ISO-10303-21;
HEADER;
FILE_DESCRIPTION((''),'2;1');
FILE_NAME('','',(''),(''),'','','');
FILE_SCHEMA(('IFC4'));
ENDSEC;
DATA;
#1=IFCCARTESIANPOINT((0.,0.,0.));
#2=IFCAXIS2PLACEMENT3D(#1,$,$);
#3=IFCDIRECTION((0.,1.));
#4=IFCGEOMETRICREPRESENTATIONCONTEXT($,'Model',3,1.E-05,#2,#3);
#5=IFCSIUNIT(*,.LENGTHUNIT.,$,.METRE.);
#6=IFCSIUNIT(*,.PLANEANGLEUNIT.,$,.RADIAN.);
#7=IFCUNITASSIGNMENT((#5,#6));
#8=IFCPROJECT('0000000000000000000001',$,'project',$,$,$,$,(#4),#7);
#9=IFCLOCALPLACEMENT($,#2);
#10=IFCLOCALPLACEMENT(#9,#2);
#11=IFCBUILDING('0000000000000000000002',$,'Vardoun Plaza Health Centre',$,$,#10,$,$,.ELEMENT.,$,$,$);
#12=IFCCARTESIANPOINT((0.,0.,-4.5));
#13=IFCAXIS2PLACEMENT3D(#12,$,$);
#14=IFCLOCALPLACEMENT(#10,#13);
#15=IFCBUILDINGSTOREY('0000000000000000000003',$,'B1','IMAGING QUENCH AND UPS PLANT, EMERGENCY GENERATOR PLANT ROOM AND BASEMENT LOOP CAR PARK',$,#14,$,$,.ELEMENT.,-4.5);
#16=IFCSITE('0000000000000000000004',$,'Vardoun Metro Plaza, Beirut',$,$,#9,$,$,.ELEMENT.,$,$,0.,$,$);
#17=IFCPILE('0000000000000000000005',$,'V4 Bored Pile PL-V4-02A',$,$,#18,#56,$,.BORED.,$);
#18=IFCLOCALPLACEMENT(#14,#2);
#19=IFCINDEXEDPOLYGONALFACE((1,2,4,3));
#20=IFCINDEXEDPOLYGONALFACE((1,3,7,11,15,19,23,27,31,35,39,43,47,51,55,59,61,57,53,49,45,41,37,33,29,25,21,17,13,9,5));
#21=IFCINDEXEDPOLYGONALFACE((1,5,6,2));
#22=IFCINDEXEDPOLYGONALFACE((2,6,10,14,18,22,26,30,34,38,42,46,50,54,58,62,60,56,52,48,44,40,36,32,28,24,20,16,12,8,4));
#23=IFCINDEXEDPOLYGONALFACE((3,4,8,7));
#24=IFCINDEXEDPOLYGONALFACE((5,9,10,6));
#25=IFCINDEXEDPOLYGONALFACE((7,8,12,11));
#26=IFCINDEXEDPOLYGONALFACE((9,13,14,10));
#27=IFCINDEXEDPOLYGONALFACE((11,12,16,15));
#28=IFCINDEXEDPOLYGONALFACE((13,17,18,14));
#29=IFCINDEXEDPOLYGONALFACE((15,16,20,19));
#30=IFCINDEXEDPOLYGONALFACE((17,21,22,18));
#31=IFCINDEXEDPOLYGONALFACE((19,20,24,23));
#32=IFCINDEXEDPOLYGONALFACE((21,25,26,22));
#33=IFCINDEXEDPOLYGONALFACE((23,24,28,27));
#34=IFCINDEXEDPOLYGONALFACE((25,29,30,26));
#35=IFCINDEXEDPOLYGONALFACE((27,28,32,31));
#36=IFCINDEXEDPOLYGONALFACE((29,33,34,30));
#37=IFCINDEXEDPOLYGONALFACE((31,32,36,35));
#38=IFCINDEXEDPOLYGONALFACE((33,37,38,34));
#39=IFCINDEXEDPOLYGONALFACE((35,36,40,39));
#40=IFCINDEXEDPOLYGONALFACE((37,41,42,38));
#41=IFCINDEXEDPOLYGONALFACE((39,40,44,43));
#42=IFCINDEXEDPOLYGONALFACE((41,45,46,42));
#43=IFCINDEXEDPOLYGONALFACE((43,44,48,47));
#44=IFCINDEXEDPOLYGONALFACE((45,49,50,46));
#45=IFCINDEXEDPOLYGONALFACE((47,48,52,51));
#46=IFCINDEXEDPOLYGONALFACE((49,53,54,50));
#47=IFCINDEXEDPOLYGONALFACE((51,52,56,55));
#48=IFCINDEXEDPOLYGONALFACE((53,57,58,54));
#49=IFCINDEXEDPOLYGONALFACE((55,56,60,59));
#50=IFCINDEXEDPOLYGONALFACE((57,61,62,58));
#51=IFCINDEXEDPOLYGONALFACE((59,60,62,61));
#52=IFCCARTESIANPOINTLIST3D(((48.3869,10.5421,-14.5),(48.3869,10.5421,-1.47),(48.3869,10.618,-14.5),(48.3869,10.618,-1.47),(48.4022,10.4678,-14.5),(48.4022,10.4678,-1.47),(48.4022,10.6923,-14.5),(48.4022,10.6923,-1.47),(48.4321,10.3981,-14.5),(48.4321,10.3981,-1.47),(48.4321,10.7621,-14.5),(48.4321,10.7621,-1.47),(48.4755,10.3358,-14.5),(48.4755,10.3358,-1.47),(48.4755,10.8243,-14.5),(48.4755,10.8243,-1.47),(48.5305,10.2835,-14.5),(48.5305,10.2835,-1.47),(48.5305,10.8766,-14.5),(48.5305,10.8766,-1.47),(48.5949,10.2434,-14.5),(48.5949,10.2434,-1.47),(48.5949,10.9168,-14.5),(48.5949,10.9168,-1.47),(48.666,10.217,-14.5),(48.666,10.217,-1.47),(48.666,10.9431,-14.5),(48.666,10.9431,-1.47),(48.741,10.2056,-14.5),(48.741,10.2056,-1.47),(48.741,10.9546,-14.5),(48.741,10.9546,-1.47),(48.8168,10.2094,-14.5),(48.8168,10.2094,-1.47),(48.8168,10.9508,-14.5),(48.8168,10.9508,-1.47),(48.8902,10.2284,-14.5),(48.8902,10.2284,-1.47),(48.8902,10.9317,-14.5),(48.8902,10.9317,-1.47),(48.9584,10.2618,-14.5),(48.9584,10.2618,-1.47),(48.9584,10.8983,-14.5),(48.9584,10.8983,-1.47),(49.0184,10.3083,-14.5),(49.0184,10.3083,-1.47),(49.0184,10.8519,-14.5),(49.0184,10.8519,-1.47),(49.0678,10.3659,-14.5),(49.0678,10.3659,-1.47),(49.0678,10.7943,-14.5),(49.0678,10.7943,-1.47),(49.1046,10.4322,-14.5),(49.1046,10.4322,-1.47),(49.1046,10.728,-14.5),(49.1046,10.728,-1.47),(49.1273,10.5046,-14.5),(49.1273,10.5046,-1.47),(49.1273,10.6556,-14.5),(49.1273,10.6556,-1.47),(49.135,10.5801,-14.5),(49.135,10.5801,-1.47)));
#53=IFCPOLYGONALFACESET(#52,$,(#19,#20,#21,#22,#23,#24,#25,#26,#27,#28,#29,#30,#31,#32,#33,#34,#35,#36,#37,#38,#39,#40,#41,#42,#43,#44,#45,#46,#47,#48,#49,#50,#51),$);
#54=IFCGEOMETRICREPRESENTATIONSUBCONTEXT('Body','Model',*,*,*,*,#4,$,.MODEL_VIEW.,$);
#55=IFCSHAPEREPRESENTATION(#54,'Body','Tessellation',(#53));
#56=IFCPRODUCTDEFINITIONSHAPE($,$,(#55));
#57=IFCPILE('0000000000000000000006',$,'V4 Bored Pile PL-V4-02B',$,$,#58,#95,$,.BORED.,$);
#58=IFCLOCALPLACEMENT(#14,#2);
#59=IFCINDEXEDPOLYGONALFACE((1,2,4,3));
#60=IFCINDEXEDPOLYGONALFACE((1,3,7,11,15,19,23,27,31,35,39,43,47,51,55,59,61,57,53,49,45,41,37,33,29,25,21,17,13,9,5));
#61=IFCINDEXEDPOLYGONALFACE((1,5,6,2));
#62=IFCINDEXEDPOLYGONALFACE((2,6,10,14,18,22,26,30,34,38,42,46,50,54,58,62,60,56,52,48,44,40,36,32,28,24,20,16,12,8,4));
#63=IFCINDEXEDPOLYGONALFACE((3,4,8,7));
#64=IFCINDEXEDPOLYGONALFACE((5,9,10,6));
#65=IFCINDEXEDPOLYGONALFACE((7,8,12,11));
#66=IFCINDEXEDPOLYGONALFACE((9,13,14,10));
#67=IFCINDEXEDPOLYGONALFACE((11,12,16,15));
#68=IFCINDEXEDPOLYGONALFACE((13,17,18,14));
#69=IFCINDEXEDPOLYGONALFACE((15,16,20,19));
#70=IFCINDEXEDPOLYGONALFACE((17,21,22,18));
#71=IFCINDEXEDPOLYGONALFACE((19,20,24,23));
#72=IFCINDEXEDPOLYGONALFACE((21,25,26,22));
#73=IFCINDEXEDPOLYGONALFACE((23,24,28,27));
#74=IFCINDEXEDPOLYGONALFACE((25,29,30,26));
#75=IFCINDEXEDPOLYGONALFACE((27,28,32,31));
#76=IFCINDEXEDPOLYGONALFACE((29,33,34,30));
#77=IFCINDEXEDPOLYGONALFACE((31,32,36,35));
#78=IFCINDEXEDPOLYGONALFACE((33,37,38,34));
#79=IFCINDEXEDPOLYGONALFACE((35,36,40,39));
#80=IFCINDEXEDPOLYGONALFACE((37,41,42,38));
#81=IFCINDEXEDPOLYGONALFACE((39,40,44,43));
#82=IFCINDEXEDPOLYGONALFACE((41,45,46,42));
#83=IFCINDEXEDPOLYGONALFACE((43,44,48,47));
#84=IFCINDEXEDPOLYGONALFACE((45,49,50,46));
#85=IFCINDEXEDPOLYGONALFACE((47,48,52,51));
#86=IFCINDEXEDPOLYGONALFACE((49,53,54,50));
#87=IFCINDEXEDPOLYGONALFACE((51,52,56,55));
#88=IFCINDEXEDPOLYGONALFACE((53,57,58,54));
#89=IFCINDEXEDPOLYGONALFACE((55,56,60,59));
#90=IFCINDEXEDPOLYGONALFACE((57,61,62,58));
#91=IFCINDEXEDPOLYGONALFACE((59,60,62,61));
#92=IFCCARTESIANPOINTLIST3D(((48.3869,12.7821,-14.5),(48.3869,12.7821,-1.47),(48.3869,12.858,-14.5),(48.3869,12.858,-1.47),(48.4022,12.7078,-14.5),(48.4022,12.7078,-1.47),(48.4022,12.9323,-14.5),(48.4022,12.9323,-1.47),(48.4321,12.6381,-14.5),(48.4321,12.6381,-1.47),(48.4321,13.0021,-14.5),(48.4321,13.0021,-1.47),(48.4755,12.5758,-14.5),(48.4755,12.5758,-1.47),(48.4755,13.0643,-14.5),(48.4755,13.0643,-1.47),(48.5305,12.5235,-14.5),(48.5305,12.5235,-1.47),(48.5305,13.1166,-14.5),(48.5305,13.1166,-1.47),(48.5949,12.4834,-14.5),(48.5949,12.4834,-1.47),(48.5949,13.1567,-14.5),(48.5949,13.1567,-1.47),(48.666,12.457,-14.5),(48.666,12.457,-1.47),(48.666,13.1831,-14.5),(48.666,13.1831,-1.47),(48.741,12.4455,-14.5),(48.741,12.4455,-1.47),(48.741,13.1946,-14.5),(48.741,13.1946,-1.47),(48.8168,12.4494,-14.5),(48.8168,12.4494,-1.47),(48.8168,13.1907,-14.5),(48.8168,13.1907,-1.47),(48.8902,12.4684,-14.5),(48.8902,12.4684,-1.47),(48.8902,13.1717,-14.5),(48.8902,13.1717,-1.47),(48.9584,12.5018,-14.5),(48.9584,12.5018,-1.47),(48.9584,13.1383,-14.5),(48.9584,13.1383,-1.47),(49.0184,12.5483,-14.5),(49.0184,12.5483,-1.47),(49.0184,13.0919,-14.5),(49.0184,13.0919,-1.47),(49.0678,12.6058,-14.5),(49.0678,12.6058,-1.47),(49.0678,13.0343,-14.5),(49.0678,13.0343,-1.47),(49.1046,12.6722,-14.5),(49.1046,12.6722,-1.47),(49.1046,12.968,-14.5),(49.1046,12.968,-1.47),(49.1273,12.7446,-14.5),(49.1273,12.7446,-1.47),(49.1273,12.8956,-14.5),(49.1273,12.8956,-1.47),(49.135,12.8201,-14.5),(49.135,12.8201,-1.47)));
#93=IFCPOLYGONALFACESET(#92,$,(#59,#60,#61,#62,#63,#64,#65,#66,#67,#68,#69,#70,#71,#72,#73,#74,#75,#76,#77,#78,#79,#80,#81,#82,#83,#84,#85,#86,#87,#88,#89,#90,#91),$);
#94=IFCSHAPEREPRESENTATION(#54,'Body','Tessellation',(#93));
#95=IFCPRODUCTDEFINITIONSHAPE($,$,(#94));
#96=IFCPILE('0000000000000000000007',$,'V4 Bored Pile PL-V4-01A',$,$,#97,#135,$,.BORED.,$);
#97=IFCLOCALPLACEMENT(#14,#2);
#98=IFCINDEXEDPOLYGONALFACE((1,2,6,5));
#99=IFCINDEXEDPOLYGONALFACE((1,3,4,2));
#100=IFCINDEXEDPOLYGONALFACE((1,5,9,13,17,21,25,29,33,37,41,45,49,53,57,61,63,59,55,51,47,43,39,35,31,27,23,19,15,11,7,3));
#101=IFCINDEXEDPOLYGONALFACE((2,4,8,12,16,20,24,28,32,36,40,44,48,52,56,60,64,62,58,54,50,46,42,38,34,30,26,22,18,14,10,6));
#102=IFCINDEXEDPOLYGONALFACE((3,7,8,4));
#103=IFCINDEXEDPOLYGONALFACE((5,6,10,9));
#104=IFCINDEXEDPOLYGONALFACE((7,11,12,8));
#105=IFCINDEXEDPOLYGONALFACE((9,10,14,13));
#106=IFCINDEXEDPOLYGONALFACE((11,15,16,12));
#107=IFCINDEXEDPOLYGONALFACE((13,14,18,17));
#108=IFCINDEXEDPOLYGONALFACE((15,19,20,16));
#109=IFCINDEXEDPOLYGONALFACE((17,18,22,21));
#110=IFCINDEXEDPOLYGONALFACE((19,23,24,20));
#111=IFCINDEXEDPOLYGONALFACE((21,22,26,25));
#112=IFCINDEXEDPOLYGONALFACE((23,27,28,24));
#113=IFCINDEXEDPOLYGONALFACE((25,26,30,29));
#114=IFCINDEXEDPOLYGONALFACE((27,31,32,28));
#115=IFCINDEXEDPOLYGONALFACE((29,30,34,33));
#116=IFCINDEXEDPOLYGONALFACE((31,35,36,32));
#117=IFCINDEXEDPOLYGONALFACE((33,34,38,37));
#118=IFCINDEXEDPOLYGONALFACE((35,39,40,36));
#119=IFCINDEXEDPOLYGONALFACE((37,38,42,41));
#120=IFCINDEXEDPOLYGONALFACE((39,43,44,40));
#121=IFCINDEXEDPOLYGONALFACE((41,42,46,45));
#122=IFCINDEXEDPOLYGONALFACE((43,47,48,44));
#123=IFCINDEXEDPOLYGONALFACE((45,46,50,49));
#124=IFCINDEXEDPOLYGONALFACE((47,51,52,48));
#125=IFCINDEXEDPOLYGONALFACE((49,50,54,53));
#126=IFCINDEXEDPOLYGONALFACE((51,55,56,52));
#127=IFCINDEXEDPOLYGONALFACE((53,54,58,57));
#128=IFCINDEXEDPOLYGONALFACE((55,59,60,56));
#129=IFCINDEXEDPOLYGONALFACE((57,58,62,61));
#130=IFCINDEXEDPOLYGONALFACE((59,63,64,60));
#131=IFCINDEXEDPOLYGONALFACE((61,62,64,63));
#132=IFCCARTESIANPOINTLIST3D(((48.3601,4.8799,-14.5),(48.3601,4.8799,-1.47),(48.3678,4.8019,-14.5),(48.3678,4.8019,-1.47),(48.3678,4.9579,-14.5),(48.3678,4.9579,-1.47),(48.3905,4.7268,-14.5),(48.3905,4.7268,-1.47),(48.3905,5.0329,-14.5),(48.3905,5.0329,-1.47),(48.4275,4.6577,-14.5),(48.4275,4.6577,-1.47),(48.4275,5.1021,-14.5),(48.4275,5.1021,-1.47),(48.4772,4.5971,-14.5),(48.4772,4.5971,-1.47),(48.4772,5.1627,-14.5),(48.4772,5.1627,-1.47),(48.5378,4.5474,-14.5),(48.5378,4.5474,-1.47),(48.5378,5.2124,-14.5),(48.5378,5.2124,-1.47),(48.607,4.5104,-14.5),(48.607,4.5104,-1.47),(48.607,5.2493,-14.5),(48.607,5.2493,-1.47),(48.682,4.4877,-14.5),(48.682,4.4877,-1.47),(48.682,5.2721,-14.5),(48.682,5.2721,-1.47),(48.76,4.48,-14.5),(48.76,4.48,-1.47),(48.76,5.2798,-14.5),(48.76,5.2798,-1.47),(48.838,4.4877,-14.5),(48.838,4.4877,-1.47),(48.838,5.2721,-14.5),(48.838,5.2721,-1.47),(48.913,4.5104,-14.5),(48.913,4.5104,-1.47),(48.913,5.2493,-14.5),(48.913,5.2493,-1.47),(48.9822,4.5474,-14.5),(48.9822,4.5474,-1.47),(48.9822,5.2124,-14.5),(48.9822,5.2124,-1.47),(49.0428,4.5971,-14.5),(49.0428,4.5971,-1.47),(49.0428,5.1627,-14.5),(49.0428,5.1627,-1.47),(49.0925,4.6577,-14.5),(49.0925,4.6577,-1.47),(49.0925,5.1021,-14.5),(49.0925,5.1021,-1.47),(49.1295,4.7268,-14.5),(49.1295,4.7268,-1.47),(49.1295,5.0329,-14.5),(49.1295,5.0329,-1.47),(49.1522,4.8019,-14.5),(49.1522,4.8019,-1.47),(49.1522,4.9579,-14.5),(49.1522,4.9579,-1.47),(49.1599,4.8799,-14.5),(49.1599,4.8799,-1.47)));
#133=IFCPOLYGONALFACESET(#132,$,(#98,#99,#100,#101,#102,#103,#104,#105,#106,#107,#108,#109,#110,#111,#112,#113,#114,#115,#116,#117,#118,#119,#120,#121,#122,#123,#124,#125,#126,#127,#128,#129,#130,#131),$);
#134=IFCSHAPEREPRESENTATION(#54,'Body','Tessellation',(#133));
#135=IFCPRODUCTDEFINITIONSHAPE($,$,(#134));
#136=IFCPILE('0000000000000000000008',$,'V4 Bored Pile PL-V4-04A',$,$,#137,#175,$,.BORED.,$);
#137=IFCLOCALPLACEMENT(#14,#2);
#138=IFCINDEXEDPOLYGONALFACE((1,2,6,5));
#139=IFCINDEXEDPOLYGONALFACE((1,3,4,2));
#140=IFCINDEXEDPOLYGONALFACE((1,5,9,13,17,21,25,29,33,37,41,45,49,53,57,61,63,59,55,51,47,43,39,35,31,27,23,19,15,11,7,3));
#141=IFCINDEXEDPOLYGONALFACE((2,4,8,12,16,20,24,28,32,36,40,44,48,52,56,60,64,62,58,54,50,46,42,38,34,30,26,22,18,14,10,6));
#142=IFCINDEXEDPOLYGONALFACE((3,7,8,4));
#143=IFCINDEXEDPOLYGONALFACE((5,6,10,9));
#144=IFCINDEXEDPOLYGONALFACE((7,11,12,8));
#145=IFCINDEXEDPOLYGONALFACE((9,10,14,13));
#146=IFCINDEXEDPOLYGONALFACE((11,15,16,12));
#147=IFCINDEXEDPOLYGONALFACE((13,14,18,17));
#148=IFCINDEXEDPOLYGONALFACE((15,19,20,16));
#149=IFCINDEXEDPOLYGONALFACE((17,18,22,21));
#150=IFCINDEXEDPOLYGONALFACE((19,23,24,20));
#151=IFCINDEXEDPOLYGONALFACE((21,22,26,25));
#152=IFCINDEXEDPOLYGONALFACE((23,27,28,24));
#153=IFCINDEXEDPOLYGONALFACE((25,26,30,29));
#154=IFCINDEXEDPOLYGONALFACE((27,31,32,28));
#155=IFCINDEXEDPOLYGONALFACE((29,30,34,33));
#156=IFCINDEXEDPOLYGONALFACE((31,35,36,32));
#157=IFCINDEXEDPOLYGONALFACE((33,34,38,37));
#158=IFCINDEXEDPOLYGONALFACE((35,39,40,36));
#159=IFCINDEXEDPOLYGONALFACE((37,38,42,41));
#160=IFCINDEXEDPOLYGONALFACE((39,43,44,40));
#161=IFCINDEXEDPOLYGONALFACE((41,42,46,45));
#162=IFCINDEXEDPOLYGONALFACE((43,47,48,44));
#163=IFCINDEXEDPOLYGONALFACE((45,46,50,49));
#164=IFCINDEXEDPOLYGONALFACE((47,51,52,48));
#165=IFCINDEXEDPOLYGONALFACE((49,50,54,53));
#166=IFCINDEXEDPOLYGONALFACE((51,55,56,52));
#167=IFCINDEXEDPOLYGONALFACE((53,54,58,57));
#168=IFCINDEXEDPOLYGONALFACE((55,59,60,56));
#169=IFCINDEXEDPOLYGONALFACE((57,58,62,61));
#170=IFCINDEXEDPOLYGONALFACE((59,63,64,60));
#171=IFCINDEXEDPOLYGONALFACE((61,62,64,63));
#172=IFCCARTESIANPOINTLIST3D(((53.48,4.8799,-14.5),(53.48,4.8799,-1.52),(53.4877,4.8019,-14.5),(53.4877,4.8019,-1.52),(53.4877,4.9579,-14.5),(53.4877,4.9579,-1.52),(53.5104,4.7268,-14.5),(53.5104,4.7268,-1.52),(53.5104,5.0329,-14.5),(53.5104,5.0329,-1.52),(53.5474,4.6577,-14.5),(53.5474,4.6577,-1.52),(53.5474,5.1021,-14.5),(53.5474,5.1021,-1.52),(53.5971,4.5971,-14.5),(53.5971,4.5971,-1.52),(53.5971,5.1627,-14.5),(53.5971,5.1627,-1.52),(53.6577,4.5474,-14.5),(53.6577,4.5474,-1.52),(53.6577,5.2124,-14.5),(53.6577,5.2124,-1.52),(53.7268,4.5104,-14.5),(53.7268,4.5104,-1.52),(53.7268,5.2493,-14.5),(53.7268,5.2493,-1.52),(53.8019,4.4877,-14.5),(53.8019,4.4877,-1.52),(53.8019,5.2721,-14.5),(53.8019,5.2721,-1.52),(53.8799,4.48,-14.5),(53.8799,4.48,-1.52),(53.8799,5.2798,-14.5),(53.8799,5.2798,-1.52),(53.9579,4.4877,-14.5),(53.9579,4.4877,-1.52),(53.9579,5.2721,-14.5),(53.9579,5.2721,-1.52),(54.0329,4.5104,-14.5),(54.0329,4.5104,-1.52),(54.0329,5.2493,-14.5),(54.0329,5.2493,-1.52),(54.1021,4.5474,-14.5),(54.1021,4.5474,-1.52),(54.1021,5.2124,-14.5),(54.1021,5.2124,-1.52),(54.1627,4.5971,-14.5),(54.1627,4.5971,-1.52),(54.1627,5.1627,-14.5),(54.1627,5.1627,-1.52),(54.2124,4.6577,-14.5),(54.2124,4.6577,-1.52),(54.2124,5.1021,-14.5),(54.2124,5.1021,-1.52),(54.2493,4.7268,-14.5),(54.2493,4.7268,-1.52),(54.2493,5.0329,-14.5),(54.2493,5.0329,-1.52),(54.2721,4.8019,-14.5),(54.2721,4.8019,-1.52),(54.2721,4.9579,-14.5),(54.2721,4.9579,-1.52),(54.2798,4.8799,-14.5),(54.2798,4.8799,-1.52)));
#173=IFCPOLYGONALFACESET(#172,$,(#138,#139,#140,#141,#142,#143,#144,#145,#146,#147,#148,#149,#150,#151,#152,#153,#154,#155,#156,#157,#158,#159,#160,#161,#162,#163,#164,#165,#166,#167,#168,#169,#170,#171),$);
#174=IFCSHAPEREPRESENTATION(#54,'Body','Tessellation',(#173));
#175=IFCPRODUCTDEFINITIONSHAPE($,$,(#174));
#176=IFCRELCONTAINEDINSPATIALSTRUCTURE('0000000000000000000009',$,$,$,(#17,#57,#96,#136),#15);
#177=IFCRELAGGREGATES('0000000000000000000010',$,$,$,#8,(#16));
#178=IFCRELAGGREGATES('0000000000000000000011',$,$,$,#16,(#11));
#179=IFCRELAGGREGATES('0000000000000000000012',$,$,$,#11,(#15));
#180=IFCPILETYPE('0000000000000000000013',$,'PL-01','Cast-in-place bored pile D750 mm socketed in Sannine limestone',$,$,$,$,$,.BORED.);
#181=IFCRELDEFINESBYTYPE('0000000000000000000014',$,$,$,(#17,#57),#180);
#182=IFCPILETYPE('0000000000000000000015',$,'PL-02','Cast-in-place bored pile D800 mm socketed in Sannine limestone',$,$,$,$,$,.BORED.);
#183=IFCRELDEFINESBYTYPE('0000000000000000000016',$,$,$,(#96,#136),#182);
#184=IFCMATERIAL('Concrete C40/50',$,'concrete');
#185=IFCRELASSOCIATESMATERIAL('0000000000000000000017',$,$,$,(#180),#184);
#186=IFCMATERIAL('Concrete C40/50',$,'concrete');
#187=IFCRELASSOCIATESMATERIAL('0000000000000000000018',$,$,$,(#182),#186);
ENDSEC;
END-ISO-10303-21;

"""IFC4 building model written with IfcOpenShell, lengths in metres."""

from ifc_helpers import new_model, si_unit, direction, frame, origin, origin_2d, place, context, subcontext, project, spatial, circle, extrude, material, material_profile, profile_set, type_object, element, save


model = new_model("IFC4")

# Units and contexts
model_context = context("Model", 3, precision=1e-05, world=origin(), true_north=direction((0.0, 1.0)))
body_context = subcontext(model_context, "Body", "Model", "MODEL_VIEW")
ifc_project = project(units=[si_unit("LENGTHUNIT", "METRE"), si_unit("PLANEANGLEUNIT", "RADIAN")], contexts=[model_context])

# Site, building, storey
site_placement = place(None, origin())
site = spatial("IfcSite", under=ifc_project, at=site_placement, Name="Vardoun Metro Plaza, Beirut", CompositionType="ELEMENT", RefElevation=0.0)
building_placement = place(site_placement, origin())
building = spatial("IfcBuilding", under=site, at=building_placement, Name="Vardoun Plaza Health Centre", CompositionType="ELEMENT")
storey_placement = place(building_placement, frame((0.0, 0.0, -4.5)))
storey = spatial("IfcBuildingStorey", under=building, at=storey_placement, Name="B1", Description="IMAGING QUENCH AND UPS PLANT, EMERGENCY GENERATOR PLANT ROOM AND BASEMENT LOOP CAR PARK", CompositionType="ELEMENT", Elevation=-4.5)

# Piles
ifc_material_1 = material(Name="Concrete C40/50", Category="concrete")
ifc_material_profile_1 = material_profile(ifc_material_1, circle(Radius=0.375, at=origin_2d()), Name="PILE D750")
ifc_profile_set_1 = profile_set([ifc_material_profile_1], Name="Concrete C40/50")
pile_type_1 = type_object("IfcPileType", Name="PL-01", Description="Cast-in-place bored pile D750 mm socketed in Sannine limestone", PredefinedType="BORED", material=ifc_profile_set_1)
for number, where, z_axis, x_axis, name in (
    (1, (48.76, 10.5801, -1.47), (0.0, 0.0, -1.0), (1.0, 0.0, 0.0), "V4 Bored Pile PL-V4-02A"),
    (2, (48.76, 12.8201, -1.47), (0.0, 0.0, -1.0), (1.0, 0.0, 0.0), "V4 Bored Pile PL-V4-02B"),
):
    element("IfcPile", number, at=place(storey_placement, frame(where, z_axis=z_axis, x_axis=x_axis)), inside=storey, type_object=pile_type_1, Name=name, PredefinedType="BORED", context=body_context, shape_type="SweptSolid", body=[
        extrude(circle(Radius=0.375, at=origin_2d()), origin(), (0.0, 0.0, 1.0), 13.03),
    ])
ifc_material_2 = material(Name="Concrete C40/50", Category="concrete")
ifc_material_profile_2 = material_profile(ifc_material_2, circle(Radius=0.3999, at=origin_2d()), Name="PILE D800")
ifc_profile_set_2 = profile_set([ifc_material_profile_2], Name="Concrete C40/50")
pile_type_2 = type_object("IfcPileType", Name="PL-02", Description="Cast-in-place bored pile D800 mm socketed in Sannine limestone", PredefinedType="BORED", material=ifc_profile_set_2)
pile_placement = place(storey_placement, frame((48.76, 4.8799, -1.47), z_axis=(0.0, 0.0, -1.0), x_axis=(1.0, 0.0, 0.0)))
element("IfcPile", 3, at=pile_placement, inside=storey, type_object=pile_type_2, Name="V4 Bored Pile PL-V4-01A", PredefinedType="BORED", context=body_context, shape_type="SweptSolid", body=[
    extrude(circle(Radius=0.3999, at=origin_2d()), origin(), (0.0, 0.0, 1.0), 13.03),
])
for number, where, z_axis, x_axis, name in (
    (4, (53.8799, 4.8799, -1.52), (0.0, 0.0, -1.0), (1.0, 0.0, 0.0), "V4 Bored Pile PL-V4-04A"),
):
    element("IfcPile", number, at=place(storey_placement, frame(where, z_axis=z_axis, x_axis=x_axis)), inside=storey, type_object=pile_type_2, Name=name, PredefinedType="BORED", context=body_context, shape_type="SweptSolid", body=[
        extrude(circle(Radius=0.3999, at=origin_2d()), origin(), (0.0, 0.0, 1.0), 12.98),
    ])

save(model, "model.ifc")
